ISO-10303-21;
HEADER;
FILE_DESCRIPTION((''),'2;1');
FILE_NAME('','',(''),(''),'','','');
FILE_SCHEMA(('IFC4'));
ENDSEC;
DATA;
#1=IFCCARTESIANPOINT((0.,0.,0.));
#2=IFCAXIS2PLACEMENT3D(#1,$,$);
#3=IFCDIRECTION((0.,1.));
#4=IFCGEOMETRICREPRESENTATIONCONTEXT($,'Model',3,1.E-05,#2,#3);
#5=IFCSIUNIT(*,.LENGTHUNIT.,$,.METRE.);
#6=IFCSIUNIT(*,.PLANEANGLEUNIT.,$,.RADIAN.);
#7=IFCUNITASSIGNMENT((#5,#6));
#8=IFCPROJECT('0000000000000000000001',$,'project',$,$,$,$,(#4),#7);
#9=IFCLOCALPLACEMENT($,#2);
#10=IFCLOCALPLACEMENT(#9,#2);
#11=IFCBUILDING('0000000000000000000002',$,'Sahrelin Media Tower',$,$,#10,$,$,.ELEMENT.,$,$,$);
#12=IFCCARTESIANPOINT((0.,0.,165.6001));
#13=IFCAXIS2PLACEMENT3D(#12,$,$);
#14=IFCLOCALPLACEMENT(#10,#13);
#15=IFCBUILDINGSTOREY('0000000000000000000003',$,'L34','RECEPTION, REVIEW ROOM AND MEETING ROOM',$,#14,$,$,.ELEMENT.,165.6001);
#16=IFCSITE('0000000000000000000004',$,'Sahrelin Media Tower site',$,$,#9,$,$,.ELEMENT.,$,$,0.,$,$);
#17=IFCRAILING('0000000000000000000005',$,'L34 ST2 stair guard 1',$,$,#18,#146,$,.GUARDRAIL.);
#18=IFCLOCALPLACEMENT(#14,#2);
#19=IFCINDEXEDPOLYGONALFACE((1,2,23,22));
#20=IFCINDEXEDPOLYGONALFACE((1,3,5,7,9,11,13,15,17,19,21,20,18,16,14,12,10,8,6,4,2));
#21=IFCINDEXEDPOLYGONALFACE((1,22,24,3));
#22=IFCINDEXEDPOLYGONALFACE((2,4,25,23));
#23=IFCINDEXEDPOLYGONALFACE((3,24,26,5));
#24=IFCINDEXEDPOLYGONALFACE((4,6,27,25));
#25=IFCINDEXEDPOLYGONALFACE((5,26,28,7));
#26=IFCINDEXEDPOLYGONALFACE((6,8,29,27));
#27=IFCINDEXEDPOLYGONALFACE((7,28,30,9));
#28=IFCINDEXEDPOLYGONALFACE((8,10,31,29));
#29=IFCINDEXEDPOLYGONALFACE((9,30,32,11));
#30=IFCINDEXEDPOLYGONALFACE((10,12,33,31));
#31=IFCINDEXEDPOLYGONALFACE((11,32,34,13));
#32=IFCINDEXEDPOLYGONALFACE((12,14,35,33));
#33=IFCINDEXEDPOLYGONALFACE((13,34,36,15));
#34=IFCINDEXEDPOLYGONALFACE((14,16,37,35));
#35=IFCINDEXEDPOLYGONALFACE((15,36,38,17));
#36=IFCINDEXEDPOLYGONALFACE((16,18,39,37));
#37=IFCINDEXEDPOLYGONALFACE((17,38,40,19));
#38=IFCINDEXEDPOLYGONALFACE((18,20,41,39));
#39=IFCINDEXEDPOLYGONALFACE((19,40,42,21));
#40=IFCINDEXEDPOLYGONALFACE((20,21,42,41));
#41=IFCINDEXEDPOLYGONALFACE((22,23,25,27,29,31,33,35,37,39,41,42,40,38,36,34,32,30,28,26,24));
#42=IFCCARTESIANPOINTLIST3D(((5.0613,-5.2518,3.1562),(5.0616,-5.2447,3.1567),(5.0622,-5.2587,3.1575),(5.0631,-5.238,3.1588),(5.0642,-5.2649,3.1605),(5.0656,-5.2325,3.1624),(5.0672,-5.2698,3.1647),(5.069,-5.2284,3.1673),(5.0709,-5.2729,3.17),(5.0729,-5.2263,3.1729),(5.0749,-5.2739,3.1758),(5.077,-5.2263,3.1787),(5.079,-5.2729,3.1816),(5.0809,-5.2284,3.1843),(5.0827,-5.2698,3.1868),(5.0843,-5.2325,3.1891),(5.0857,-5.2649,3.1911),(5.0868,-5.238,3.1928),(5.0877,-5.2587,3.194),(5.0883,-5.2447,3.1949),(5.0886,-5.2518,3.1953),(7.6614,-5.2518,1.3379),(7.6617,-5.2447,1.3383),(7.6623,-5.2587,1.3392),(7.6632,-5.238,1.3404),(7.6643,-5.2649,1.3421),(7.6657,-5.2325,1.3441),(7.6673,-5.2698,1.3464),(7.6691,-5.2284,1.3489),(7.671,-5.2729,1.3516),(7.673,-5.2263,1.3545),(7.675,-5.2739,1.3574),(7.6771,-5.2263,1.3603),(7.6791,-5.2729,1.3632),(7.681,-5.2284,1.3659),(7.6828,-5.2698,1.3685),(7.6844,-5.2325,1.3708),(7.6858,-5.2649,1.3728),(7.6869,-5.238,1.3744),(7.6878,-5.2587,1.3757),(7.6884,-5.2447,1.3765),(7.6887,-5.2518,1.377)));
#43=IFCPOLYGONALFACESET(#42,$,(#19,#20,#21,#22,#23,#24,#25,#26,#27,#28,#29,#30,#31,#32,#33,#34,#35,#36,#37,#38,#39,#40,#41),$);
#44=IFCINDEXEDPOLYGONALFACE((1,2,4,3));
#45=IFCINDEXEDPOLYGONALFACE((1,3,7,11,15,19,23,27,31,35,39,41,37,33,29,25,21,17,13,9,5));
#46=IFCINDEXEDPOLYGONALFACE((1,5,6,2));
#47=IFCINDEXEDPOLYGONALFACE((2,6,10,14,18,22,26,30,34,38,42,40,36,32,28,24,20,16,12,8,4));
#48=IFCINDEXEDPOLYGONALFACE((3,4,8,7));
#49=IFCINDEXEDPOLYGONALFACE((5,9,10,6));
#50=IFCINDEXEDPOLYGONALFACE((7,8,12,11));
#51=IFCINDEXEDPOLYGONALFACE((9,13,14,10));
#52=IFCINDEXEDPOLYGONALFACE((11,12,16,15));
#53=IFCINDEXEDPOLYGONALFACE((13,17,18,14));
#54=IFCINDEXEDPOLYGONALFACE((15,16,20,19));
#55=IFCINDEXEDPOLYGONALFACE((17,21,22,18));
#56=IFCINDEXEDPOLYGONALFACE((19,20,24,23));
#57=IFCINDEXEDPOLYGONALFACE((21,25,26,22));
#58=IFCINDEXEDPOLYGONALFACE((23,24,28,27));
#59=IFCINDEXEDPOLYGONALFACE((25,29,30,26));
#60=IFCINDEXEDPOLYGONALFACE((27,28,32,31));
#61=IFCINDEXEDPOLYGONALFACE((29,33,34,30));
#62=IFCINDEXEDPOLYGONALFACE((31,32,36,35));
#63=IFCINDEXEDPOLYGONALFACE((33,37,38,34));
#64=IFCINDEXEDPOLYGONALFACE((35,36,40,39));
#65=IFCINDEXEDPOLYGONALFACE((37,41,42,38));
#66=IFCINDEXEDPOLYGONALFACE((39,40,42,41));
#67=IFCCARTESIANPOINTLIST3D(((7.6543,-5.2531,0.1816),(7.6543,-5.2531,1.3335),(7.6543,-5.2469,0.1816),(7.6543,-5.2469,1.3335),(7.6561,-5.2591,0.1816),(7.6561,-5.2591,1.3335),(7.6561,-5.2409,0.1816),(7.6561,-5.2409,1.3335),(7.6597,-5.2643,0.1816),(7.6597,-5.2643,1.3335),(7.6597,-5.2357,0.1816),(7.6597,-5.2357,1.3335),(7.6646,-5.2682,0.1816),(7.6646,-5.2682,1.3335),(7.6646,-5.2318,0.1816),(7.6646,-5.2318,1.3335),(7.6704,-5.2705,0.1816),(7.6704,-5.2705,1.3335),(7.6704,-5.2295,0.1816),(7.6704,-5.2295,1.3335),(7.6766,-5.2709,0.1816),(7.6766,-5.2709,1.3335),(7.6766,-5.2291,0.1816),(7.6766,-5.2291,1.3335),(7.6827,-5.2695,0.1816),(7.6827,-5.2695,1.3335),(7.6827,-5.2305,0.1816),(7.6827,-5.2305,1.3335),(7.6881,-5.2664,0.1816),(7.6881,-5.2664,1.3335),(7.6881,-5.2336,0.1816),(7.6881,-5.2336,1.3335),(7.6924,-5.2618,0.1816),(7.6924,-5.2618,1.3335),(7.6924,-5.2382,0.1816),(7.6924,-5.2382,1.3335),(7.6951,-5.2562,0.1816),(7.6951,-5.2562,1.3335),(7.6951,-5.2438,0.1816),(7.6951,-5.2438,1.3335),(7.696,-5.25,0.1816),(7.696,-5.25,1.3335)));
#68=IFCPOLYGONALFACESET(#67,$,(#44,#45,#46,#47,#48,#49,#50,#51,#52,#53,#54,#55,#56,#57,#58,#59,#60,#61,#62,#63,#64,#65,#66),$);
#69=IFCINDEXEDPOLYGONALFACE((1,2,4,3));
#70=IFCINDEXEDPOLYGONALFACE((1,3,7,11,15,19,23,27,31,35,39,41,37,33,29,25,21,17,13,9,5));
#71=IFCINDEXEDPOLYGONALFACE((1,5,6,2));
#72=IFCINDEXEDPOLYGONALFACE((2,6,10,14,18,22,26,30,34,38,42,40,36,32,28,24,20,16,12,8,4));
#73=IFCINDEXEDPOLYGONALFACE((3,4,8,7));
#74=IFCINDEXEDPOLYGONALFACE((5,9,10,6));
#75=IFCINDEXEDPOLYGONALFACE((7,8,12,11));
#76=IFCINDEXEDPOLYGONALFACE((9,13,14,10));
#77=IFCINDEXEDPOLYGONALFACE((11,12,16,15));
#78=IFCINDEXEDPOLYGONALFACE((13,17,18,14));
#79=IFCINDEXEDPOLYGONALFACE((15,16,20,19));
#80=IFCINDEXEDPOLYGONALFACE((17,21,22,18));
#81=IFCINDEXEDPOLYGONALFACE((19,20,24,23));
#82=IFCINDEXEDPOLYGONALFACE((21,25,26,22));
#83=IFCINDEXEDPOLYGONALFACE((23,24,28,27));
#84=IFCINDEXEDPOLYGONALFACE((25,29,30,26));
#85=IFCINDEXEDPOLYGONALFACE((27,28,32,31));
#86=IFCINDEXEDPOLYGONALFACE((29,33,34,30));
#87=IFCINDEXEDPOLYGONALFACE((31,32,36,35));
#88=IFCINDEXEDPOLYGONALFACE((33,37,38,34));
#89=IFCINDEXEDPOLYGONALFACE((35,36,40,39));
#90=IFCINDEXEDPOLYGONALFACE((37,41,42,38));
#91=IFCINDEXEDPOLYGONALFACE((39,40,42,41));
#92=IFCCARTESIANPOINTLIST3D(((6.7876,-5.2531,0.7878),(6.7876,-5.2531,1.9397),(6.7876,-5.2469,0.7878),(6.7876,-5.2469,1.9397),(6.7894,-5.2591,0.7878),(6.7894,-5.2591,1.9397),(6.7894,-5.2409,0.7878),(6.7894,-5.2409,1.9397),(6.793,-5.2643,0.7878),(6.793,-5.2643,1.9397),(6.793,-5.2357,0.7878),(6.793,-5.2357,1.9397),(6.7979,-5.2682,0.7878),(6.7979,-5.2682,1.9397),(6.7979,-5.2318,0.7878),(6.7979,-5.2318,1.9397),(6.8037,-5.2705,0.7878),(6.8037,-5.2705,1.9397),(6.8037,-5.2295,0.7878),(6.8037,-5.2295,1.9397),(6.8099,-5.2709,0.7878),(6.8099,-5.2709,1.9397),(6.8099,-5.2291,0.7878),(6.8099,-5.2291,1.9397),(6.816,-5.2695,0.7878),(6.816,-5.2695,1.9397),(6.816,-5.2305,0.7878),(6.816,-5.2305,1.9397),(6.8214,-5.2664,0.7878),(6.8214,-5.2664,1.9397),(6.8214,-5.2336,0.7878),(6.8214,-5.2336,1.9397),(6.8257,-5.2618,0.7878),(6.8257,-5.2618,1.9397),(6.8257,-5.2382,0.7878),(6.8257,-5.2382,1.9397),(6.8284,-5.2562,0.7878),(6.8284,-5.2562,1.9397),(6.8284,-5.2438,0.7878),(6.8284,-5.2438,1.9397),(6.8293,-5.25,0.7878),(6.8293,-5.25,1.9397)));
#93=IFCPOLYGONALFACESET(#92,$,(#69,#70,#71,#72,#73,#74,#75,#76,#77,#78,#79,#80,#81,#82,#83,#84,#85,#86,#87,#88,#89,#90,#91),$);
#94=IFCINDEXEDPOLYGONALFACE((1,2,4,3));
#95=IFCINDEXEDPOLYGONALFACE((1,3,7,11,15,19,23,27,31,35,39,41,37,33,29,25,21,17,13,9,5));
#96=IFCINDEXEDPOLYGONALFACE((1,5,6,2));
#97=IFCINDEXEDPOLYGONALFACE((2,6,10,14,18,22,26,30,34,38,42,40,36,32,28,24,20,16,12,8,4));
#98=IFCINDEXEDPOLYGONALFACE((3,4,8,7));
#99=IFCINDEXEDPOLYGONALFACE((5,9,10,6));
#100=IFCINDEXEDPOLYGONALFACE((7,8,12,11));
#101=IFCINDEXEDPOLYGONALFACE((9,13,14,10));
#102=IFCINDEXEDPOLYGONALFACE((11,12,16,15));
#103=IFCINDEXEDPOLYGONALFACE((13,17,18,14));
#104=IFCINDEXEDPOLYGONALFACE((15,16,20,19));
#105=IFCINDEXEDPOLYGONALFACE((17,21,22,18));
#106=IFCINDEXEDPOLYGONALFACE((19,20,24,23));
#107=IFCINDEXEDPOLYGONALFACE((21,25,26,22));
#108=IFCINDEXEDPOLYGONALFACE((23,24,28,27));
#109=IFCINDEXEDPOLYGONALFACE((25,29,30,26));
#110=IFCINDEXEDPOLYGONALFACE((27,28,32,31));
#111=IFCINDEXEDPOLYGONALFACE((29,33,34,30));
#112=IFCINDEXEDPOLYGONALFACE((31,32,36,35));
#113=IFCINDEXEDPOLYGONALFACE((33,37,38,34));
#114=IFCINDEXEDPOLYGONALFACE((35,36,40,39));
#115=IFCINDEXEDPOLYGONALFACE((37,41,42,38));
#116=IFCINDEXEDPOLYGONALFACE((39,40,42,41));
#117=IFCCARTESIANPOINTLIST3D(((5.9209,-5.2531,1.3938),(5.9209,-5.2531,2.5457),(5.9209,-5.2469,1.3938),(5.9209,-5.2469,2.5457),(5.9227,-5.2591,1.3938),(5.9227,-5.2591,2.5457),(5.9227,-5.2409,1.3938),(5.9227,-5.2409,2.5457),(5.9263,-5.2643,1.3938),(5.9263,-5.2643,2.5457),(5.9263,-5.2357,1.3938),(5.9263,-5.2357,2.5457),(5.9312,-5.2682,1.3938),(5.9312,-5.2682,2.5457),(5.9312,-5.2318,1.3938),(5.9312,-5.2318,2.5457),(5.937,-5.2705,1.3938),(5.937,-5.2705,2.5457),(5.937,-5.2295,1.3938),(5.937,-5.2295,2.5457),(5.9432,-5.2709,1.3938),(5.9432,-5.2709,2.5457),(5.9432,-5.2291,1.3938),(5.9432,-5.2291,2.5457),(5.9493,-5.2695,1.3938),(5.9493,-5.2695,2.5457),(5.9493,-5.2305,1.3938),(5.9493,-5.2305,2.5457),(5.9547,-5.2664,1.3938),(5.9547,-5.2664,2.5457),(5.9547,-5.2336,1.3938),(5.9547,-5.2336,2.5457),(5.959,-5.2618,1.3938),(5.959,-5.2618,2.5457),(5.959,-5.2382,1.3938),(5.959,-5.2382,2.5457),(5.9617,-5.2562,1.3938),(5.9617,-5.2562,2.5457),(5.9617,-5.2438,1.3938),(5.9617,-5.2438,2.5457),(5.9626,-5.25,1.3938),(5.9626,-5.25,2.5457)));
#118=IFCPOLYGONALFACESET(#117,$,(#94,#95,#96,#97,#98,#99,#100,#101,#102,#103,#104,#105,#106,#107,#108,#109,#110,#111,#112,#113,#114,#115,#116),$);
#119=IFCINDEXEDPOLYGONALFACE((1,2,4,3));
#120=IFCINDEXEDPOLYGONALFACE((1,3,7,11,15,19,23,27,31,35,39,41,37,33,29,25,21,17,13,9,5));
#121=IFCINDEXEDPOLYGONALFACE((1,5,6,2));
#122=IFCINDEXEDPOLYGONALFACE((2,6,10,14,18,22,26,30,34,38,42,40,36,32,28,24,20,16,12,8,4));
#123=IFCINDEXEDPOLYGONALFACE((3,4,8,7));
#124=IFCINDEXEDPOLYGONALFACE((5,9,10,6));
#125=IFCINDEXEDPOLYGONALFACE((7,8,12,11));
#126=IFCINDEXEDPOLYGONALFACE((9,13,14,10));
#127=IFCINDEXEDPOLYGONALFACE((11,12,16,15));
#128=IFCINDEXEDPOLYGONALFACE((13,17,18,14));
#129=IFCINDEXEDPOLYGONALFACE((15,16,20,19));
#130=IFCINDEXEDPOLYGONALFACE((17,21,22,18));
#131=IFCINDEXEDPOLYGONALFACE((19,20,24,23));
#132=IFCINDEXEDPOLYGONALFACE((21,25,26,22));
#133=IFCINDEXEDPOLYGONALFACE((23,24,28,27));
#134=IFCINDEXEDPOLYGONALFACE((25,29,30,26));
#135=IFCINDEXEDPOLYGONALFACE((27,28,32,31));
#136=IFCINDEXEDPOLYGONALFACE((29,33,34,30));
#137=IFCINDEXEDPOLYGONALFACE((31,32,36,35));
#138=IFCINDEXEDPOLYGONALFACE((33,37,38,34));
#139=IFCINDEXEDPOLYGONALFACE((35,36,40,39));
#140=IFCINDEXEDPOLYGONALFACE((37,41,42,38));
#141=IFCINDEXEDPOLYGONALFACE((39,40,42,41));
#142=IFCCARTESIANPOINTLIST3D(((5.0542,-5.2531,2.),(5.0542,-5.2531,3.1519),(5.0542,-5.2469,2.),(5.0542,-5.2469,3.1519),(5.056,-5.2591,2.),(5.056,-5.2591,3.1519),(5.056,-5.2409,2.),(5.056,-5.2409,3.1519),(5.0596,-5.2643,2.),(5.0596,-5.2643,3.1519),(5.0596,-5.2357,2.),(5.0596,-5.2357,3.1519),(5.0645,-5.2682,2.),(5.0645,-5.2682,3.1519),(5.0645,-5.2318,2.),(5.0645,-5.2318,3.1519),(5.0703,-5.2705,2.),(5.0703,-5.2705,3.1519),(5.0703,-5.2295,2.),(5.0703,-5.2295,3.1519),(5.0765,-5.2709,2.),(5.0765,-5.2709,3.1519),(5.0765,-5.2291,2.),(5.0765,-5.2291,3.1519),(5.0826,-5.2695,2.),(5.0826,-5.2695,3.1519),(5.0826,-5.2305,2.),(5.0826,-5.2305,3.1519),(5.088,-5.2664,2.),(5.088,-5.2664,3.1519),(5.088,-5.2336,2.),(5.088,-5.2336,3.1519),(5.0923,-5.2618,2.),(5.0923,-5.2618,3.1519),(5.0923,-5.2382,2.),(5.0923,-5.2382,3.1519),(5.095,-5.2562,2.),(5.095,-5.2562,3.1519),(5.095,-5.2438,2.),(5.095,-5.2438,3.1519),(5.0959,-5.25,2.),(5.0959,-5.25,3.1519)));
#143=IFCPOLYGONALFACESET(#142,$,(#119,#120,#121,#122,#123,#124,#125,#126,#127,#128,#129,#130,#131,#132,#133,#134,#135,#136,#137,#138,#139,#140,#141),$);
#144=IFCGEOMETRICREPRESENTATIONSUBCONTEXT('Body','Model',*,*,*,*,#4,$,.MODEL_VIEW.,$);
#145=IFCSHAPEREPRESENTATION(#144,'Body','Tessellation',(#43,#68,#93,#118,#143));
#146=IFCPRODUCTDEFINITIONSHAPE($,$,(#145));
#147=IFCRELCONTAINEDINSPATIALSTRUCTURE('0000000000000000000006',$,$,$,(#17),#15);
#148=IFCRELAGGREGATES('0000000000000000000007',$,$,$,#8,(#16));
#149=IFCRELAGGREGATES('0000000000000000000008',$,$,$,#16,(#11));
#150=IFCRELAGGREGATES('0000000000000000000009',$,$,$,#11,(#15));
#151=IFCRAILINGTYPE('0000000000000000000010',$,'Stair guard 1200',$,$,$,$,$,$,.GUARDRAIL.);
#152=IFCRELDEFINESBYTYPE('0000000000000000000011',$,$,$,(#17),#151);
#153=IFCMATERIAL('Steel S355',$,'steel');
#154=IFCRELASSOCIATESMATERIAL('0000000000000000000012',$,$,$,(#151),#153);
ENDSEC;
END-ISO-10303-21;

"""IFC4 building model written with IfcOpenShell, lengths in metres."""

from ifc_helpers import new_model, si_unit, direction, frame, origin, origin_2d, place, context, subcontext, project, spatial, circle, extrude, material, type_object, element, save


model = new_model("IFC4")

# Units and contexts
model_context = context("Model", 3, precision=1e-05, world=origin(), true_north=direction((0.0, 1.0)))
body_context = subcontext(model_context, "Body", "Model", "MODEL_VIEW")
ifc_project = project(units=[si_unit("LENGTHUNIT", "METRE"), si_unit("PLANEANGLEUNIT", "RADIAN")], contexts=[model_context])

# Site, building, storey
site_placement = place(None, origin())
site = spatial("IfcSite", under=ifc_project, at=site_placement, Name="Sahrelin Media Tower site", CompositionType="ELEMENT", RefElevation=0.0)
building_placement = place(site_placement, origin())
building = spatial("IfcBuilding", under=site, at=building_placement, Name="Sahrelin Media Tower", CompositionType="ELEMENT")
storey_placement = place(building_placement, frame((0.0, 0.0, 165.6001)))
storey = spatial("IfcBuildingStorey", under=building, at=storey_placement, Name="L34", Description="RECEPTION, REVIEW ROOM AND MEETING ROOM", CompositionType="ELEMENT", Elevation=165.6001)

# Shared definitions
ifc_material_1 = material(Name="Steel S355", Category="steel")

# Railing
railing_type_1 = type_object("IfcRailingType", Name="Stair guard 1200", PredefinedType="GUARDRAIL", material=ifc_material_1)
railing_1_placement = place(storey_placement, frame((7.675, -5.25, 0.1816)))
element("IfcRailing", 1, at=railing_1_placement, inside=storey, type_object=railing_type_1, Name="L34 ST2 stair guard 1", PredefinedType="GUARDRAIL", context=body_context, shape_type="SweptSolid", body=[
    extrude(circle(Radius=0.0239, at=origin_2d()), frame((0.0, 0.0, 1.1758), z_axis=(-0.819485, 0.0, 0.573101), x_axis=(0.0, -1.0, 0.0)), (0.0, 0.0, 1.0), 3.1729),
    extrude(circle(Radius=0.021, at=origin_2d()), origin(), (0.0, 0.0, 1.0), 1.1519),
    extrude(circle(Radius=0.021, at=origin_2d()), frame((-0.8667, 0.0, 0.6062)), (0.0, 0.0, 1.0), 1.1519),
    extrude(circle(Radius=0.021, at=origin_2d()), frame((-1.7334, 0.0, 1.2122)), (0.0, 0.0, 1.0), 1.1519),
    extrude(circle(Radius=0.021, at=origin_2d()), frame((-2.6001, 0.0, 1.8184)), (0.0, 0.0, 1.0), 1.1519),
])

save(model, "model.ifc")
